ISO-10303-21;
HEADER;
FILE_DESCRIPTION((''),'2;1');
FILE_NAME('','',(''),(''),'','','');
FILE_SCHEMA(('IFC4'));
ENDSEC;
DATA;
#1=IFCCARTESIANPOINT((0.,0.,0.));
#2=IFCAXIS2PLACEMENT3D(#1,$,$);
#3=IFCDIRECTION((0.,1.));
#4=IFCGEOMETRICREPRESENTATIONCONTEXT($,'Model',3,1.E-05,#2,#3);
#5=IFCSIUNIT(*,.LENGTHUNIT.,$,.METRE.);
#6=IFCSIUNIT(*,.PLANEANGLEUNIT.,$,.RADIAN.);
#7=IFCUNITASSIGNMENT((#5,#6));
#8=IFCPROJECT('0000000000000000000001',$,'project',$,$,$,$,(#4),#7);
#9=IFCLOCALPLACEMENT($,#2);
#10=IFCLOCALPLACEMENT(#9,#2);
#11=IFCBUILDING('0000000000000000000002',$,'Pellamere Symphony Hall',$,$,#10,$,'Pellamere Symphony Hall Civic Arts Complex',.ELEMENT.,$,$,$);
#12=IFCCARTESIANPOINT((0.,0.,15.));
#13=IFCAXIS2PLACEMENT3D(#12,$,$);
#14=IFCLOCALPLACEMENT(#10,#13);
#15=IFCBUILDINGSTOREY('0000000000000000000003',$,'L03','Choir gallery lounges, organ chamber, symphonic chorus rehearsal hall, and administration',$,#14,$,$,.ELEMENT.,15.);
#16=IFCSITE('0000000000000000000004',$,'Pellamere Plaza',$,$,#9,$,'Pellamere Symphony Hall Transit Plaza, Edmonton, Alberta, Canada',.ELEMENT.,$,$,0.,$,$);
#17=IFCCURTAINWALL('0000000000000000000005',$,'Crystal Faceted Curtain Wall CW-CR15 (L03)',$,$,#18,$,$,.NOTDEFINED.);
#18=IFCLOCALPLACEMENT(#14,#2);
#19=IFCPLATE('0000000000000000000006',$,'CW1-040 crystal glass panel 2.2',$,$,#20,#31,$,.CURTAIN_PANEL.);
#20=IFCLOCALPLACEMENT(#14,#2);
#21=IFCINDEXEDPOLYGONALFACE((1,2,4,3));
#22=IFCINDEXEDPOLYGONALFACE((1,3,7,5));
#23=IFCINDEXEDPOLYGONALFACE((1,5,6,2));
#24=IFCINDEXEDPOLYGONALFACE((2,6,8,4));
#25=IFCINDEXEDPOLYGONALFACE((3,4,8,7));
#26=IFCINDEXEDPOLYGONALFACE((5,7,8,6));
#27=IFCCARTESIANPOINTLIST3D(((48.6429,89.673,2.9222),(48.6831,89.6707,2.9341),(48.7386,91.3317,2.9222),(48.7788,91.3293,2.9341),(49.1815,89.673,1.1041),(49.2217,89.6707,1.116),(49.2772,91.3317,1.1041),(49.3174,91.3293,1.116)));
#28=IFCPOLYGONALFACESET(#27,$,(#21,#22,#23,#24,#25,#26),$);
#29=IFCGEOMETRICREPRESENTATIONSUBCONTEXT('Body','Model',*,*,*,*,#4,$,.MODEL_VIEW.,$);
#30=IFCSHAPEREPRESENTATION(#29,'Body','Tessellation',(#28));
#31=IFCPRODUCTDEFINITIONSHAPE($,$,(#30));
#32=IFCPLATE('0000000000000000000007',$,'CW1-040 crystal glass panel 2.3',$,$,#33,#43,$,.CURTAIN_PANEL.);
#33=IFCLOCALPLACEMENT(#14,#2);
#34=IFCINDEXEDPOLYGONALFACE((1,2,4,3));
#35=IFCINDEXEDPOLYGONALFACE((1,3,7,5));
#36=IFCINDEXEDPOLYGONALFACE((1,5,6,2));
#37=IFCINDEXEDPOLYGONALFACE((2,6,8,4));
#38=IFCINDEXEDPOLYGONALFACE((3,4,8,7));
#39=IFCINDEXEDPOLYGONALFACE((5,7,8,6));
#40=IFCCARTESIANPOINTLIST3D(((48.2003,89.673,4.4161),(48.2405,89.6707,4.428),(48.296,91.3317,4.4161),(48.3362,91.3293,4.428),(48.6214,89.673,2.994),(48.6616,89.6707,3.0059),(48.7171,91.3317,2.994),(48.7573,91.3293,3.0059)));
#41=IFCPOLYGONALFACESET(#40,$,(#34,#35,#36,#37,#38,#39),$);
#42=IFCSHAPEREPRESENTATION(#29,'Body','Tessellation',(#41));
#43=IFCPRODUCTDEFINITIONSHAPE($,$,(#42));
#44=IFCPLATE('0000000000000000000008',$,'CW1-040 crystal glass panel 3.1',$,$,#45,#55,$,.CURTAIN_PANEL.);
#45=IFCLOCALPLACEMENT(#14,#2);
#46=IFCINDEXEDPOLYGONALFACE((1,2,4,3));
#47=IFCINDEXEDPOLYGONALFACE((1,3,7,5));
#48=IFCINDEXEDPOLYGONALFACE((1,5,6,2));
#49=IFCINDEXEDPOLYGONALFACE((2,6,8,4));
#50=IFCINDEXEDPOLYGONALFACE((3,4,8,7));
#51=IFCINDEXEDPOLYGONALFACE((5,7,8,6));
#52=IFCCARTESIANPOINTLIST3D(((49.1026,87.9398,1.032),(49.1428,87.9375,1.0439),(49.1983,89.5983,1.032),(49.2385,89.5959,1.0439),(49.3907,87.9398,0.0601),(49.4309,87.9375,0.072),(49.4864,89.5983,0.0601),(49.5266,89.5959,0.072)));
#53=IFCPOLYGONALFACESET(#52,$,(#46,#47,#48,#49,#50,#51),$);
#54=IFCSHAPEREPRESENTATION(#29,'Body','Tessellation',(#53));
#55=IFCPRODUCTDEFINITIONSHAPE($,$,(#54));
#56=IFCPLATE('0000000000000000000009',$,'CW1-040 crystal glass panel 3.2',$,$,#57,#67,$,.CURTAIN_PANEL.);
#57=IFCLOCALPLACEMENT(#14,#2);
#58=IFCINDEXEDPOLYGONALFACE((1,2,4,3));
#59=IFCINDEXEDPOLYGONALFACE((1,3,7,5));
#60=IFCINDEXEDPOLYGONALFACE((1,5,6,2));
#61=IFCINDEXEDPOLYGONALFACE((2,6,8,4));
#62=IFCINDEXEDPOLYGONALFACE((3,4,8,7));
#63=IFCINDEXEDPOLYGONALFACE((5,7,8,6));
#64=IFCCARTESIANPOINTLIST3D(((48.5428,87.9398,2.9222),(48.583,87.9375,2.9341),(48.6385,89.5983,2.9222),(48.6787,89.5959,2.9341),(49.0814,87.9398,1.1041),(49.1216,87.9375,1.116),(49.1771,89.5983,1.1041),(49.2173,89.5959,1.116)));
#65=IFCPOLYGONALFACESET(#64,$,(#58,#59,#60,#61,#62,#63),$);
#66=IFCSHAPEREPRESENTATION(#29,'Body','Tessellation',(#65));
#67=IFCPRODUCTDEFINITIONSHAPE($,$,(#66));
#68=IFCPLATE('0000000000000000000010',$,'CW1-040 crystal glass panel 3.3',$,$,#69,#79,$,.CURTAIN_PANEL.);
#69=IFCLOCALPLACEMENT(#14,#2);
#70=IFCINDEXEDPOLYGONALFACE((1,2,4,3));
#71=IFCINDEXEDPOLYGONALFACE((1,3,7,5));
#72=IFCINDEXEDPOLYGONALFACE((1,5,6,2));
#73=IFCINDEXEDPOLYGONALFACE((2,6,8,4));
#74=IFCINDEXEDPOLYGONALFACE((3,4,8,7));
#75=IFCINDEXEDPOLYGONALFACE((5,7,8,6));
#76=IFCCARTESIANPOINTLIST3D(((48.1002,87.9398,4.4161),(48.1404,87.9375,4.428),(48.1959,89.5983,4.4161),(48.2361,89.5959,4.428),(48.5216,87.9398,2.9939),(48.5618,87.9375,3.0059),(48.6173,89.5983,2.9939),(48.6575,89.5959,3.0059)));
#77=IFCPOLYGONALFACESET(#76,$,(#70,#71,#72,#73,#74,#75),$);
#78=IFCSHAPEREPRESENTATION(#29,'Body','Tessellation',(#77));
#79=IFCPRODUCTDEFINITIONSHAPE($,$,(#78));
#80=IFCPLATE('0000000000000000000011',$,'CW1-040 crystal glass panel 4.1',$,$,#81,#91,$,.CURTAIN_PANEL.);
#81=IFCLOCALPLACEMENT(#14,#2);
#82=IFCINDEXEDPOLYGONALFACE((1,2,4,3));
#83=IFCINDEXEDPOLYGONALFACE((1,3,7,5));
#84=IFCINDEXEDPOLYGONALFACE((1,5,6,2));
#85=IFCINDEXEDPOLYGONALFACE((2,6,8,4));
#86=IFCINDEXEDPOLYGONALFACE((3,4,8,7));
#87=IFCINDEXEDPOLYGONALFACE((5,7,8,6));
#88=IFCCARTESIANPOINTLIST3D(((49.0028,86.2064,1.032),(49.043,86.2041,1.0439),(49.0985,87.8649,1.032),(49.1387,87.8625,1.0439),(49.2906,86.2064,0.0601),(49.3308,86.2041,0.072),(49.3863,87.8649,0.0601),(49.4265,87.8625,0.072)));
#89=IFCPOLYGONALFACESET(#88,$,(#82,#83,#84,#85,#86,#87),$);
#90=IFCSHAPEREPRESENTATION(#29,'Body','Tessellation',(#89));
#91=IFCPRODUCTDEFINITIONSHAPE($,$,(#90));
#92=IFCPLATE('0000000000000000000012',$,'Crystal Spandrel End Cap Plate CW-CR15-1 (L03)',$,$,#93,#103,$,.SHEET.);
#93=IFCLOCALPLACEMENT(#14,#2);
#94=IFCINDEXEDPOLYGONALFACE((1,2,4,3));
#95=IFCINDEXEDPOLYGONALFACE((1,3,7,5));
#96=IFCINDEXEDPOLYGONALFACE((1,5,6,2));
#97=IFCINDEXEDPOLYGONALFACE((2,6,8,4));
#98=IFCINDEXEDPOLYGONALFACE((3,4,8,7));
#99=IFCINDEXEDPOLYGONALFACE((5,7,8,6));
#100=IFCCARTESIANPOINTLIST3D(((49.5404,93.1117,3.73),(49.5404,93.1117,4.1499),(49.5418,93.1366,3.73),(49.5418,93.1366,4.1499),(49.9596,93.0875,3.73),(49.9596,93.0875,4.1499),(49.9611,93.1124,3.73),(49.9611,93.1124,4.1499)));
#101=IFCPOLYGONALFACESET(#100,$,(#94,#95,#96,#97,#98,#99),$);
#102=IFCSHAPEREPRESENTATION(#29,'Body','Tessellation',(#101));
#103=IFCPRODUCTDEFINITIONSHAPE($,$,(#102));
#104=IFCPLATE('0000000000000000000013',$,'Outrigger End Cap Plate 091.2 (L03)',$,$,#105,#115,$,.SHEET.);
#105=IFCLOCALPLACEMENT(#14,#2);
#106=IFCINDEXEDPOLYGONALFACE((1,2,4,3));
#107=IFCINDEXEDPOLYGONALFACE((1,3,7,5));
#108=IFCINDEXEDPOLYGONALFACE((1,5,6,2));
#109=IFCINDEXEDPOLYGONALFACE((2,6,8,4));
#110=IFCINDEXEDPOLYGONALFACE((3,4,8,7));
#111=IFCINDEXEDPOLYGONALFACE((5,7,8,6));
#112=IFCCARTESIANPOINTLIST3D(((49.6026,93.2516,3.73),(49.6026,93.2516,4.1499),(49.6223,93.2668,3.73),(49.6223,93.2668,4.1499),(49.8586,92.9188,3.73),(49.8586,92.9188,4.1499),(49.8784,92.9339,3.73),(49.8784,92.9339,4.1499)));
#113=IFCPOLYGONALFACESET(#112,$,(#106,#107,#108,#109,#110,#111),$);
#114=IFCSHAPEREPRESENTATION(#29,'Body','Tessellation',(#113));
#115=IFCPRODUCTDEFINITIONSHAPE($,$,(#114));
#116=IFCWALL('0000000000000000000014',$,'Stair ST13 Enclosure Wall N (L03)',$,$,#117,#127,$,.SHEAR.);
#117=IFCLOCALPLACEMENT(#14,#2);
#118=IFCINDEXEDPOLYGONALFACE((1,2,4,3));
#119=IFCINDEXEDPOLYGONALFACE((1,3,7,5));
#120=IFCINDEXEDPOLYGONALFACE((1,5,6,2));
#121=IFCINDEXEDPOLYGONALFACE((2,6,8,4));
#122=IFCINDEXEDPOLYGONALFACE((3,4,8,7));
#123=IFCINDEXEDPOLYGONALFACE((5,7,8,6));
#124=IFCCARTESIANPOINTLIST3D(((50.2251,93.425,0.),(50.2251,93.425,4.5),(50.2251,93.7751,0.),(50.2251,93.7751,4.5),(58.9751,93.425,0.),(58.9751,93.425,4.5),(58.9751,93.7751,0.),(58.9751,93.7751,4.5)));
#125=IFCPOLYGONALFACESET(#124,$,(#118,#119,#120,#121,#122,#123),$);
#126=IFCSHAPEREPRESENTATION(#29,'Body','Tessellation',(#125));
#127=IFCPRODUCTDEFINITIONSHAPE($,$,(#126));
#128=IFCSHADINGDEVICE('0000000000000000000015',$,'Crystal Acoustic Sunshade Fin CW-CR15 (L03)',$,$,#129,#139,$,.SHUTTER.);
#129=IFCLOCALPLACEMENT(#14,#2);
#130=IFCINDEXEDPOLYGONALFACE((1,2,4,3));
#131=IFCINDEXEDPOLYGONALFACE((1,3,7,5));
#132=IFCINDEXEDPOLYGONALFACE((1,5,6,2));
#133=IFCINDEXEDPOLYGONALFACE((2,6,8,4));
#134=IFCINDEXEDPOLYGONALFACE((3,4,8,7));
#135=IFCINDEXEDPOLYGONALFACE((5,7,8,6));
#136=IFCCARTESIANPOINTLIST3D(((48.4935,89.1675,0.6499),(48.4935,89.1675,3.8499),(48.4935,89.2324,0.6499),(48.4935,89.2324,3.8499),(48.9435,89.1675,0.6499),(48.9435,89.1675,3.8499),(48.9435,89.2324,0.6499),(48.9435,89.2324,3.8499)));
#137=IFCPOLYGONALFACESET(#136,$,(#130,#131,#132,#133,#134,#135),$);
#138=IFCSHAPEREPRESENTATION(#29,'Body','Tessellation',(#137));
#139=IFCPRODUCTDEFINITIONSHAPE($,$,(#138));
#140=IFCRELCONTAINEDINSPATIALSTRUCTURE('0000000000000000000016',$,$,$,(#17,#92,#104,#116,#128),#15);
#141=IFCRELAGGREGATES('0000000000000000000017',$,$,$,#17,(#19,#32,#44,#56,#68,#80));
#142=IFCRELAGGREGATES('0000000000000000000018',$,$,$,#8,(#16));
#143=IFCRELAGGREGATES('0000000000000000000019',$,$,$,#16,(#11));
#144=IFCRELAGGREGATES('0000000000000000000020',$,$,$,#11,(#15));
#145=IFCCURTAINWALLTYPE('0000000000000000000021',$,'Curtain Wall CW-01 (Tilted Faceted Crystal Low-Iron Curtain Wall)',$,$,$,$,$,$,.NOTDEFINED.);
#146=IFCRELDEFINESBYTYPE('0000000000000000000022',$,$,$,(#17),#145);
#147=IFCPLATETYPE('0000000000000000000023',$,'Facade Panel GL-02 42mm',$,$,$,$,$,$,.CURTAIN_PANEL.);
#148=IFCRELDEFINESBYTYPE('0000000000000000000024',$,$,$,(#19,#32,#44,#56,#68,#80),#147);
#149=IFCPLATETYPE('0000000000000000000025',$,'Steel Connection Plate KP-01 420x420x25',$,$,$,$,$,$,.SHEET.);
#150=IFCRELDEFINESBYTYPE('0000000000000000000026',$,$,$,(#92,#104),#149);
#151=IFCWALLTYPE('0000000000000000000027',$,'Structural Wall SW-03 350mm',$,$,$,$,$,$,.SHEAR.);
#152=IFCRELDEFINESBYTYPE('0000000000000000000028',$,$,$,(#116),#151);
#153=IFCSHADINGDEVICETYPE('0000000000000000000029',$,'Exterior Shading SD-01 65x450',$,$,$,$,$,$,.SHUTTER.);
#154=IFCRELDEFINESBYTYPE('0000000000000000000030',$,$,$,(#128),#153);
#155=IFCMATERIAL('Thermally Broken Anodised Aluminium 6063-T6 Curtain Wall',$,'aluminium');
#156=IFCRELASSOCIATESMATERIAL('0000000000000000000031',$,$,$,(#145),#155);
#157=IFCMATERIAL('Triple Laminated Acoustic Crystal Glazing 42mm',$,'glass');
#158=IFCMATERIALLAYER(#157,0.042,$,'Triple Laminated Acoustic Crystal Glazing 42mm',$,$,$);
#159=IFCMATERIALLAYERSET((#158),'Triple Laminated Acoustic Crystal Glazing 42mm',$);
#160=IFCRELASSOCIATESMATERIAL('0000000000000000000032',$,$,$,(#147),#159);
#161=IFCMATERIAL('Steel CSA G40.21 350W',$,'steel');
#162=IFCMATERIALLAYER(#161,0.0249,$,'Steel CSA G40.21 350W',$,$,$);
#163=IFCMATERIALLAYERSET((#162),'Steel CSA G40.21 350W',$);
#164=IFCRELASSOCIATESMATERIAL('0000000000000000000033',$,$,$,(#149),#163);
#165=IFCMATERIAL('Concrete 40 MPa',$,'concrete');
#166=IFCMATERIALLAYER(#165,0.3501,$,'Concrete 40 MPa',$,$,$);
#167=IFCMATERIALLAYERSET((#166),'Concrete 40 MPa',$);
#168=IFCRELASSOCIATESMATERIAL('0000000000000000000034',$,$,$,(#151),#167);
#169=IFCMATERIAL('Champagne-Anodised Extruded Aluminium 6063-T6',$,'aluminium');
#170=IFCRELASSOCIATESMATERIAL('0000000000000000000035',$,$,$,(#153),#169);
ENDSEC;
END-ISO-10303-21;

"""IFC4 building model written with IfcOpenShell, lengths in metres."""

from ifc_helpers import new_model, si_unit, direction, frame, frame_2d, origin, origin_2d, place, context, subcontext, project, spatial, polyline, rectangle, outline, extrude, material, layer, layer_set, type_object, element, aggregate, save


model = new_model("IFC4")

# Units and contexts
model_context = context("Model", 3, precision=1e-05, world=origin(), true_north=direction((0.0, 1.0)))
body_context = subcontext(model_context, "Body", "Model", "MODEL_VIEW")
ifc_project = project(units=[si_unit("LENGTHUNIT", "METRE"), si_unit("PLANEANGLEUNIT", "RADIAN")], contexts=[model_context])

# Site, building, storey
site_placement = place(None, origin())
site = spatial("IfcSite", under=ifc_project, at=site_placement, Name="Pellamere Plaza", LongName="Pellamere Symphony Hall Transit Plaza, Edmonton, Alberta, Canada", CompositionType="ELEMENT", RefElevation=0.0)
building_placement = place(site_placement, origin())
building = spatial("IfcBuilding", under=site, at=building_placement, Name="Pellamere Symphony Hall", LongName="Pellamere Symphony Hall Civic Arts Complex", CompositionType="ELEMENT")
storey_placement = place(building_placement, frame((0.0, 0.0, 15.0)))
storey = spatial("IfcBuildingStorey", under=building, at=storey_placement, Name="L03", Description="Choir gallery lounges, organ chamber, symphonic chorus rehearsal hall, and administration", CompositionType="ELEMENT", Elevation=15.0)

# Curtain wall
ifc_material_1 = material(Name="Thermally Broken Anodised Aluminium 6063-T6 Curtain Wall", Category="aluminium")
curtain_wall_type = type_object("IfcCurtainWallType", Name="Curtain Wall CW-01 (Tilted Faceted Crystal Low-Iron Curtain Wall)", PredefinedType="NOTDEFINED", material=ifc_material_1)
curtain_wall_placement = place(storey_placement, origin())
curtain_wall = element("IfcCurtainWall", 1, at=curtain_wall_placement, inside=storey, type_object=curtain_wall_type, Name="Crystal Faceted Curtain Wall CW-CR15 (L03)", PredefinedType="NOTDEFINED")

# Shared definitions
ifc_material_2 = material(Name="Steel CSA G40.21 350W", Category="steel")

# Plates
ifc_material_3 = material(Name="Triple Laminated Acoustic Crystal Glazing 42mm", Category="glass")
ifc_layer_1 = layer(ifc_material_3, 0.042, Name="Triple Laminated Acoustic Crystal Glazing 42mm")
ifc_layer_set_1 = layer_set([ifc_layer_1], Name="Triple Laminated Acoustic Crystal Glazing 42mm")
plate_type_1 = type_object("IfcPlateType", Name="Facade Panel GL-02 42mm", PredefinedType="CURTAIN_PANEL", material=ifc_layer_set_1)
plate_1_placement = place(storey_placement, frame((49.3174, 91.3293, 1.116), z_axis=(0.957352, -0.055237, 0.283593), x_axis=(-0.057602, -0.99834, 0.0)))
plate_1 = element("IfcPlate", 2, at=plate_1_placement, type_object=plate_type_1, Name="CW1-040 crystal glass panel 2.2", PredefinedType="CURTAIN_PANEL", context=body_context, shape_type="SweptSolid", body=[
    extrude(outline(polyline([(0.0, 0.0), (1.6615, 0.0), (1.6925, -1.896), (0.031, -1.896), (0.0, 0.0)])), origin(), (0.0, 0.0, -1.0), 0.042),
])
plate_2_placement = place(storey_placement, frame((48.7573, 91.3293, 3.0059), z_axis=(0.957376, -0.055239, 0.283515), x_axis=(-0.057602, -0.99834, 0.0)))
plate_2 = element("IfcPlate", 3, at=plate_2_placement, type_object=plate_type_1, Name="CW1-040 crystal glass panel 2.3", PredefinedType="CURTAIN_PANEL", context=body_context, shape_type="SweptSolid", body=[
    extrude(outline(polyline([(0.0, 0.0), (1.6615, 0.0), (1.6857, -1.483), (0.0243, -1.483), (0.0, 0.0)])), origin(), (0.0, 0.0, -1.0), 0.042),
])
plate_3_placement = place(storey_placement, frame((49.5266, 89.5959, 0.072), z_axis=(0.957305, -0.055243, 0.283753), x_axis=(-0.057611, -0.998339, 0.0)))
plate_3 = element("IfcPlate", 4, at=plate_3_placement, type_object=plate_type_1, Name="CW1-040 crystal glass panel 3.1", PredefinedType="CURTAIN_PANEL", context=body_context, shape_type="SweptSolid", body=[
    extrude(outline(polyline([(0.0, 0.0), (1.6612, 0.0), (1.6778, -1.0136), (0.0166, -1.0136), (0.0, 0.0)])), origin(), (0.0, 0.0, -1.0), 0.042),
])
plate_4_placement = place(storey_placement, frame((49.2173, 89.5959, 1.116), z_axis=(0.957352, -0.055245, 0.283593), x_axis=(-0.057611, -0.998339, 0.0)))
plate_4 = element("IfcPlate", 5, at=plate_4_placement, type_object=plate_type_1, Name="CW1-040 crystal glass panel 3.2", PredefinedType="CURTAIN_PANEL", context=body_context, shape_type="SweptSolid", body=[
    extrude(outline(polyline([(0.0, 0.0), (1.6612, 0.0), (1.6922, -1.896), (0.031, -1.896), (0.0, 0.0)])), origin(), (0.0, 0.0, -1.0), 0.042),
])
plate_5_placement = place(storey_placement, frame((48.6575, 89.5959, 3.0059), z_axis=(0.957331, -0.055244, 0.283666), x_axis=(-0.057611, -0.998339, 0.0)))
plate_5 = element("IfcPlate", 6, at=plate_5_placement, type_object=plate_type_1, Name="CW1-040 crystal glass panel 3.3", PredefinedType="CURTAIN_PANEL", context=body_context, shape_type="SweptSolid", body=[
    extrude(outline(polyline([(0.0, 0.0), (1.6612, 0.0), (1.6855, -1.483), (0.0243, -1.483), (0.0, 0.0)])), origin(), (0.0, 0.0, -1.0), 0.042),
])
plate_6_placement = place(storey_placement, frame((49.4265, 87.8625, 0.072), z_axis=(0.95737, -0.055246, 0.283532), x_axis=(-0.057611, -0.998339, 0.0)))
plate_6 = element("IfcPlate", 7, at=plate_6_placement, type_object=plate_type_1, Name="CW1-040 crystal glass panel 4.1", PredefinedType="CURTAIN_PANEL", context=body_context, shape_type="SweptSolid", body=[
    extrude(outline(polyline([(0.0, 0.0), (1.6612, 0.0), (1.6778, -1.0135), (0.0166, -1.0135), (0.0, 0.0)])), origin(), (0.0, 0.0, -1.0), 0.042),
])
aggregate(curtain_wall, [plate_1, plate_2, plate_3, plate_4, plate_5, plate_6])

# Plates
ifc_layer_2 = layer(ifc_material_2, 0.0249, Name="Steel CSA G40.21 350W")
ifc_layer_set_2 = layer_set([ifc_layer_2], Name="Steel CSA G40.21 350W")
plate_type_2 = type_object("IfcPlateType", Name="Steel Connection Plate KP-01 420x420x25", PredefinedType="SHEET", material=ifc_layer_set_2)
for number, where, z_axis, x_axis, name in (
    (8, (49.7507, 93.1121, 3.73), (0.0, 0.0, 1.0), (-0.057564, -0.998342, 0.0), "Crystal Spandrel End Cap Plate CW-CR15-1 (L03)"),
    (9, (49.7405, 93.0928, 3.73), (0.0, 0.0, 1.0), (-0.792609, -0.60973, 0.0), "Outrigger End Cap Plate 091.2 (L03)"),
):
    element("IfcPlate", number, at=place(storey_placement, frame(where, z_axis=z_axis, x_axis=x_axis)), inside=storey, type_object=plate_type_2, Name=name, PredefinedType="SHEET", context=body_context, shape_type="SweptSolid", body=[
        extrude(rectangle(XDim=0.0249, YDim=0.4199, at=origin_2d()), origin(), (0.0, 0.0, 1.0), 0.4199),
    ])

# Wall
ifc_material_4 = material(Name="Concrete 40 MPa", Category="concrete")
ifc_layer_3 = layer(ifc_material_4, 0.3501, Name="Concrete 40 MPa")
ifc_layer_set_3 = layer_set([ifc_layer_3], Name="Concrete 40 MPa")
wall_type = type_object("IfcWallType", Name="Structural Wall SW-03 350mm", PredefinedType="SHEAR", material=ifc_layer_set_3)
wall_placement = place(storey_placement, frame((50.2251, 93.6001, 0.0), z_axis=(0.0, 0.0, 1.0), x_axis=(1.0, 0.0, 0.0)))
element("IfcWall", 10, at=wall_placement, inside=storey, type_object=wall_type, Name="Stair ST13 Enclosure Wall N (L03)", PredefinedType="SHEAR", context=body_context, shape_type="SweptSolid", body=[
    extrude(rectangle(XDim=8.75, YDim=0.3501, at=frame_2d((4.375, 0.0))), origin(), (0.0, 0.0, 1.0), 4.5),
])

# Shading device
ifc_material_5 = material(Name="Champagne-Anodised Extruded Aluminium 6063-T6", Category="aluminium")
shading_device_type = type_object("IfcShadingDeviceType", Name="Exterior Shading SD-01 65x450", PredefinedType="SHUTTER", material=ifc_material_5)
shading_device_placement = place(storey_placement, frame((48.7185, 89.2, 0.6499), z_axis=(0.0, 0.0, 1.0), x_axis=(0.0, 1.0, 0.0)))
element("IfcShadingDevice", 11, at=shading_device_placement, inside=storey, type_object=shading_device_type, Name="Crystal Acoustic Sunshade Fin CW-CR15 (L03)", PredefinedType="SHUTTER", context=body_context, shape_type="SweptSolid", body=[
    extrude(rectangle(XDim=0.0649, YDim=0.45, at=origin_2d()), origin(), (0.0, 0.0, 1.0), 3.2),
])

save(model, "model.ifc")
